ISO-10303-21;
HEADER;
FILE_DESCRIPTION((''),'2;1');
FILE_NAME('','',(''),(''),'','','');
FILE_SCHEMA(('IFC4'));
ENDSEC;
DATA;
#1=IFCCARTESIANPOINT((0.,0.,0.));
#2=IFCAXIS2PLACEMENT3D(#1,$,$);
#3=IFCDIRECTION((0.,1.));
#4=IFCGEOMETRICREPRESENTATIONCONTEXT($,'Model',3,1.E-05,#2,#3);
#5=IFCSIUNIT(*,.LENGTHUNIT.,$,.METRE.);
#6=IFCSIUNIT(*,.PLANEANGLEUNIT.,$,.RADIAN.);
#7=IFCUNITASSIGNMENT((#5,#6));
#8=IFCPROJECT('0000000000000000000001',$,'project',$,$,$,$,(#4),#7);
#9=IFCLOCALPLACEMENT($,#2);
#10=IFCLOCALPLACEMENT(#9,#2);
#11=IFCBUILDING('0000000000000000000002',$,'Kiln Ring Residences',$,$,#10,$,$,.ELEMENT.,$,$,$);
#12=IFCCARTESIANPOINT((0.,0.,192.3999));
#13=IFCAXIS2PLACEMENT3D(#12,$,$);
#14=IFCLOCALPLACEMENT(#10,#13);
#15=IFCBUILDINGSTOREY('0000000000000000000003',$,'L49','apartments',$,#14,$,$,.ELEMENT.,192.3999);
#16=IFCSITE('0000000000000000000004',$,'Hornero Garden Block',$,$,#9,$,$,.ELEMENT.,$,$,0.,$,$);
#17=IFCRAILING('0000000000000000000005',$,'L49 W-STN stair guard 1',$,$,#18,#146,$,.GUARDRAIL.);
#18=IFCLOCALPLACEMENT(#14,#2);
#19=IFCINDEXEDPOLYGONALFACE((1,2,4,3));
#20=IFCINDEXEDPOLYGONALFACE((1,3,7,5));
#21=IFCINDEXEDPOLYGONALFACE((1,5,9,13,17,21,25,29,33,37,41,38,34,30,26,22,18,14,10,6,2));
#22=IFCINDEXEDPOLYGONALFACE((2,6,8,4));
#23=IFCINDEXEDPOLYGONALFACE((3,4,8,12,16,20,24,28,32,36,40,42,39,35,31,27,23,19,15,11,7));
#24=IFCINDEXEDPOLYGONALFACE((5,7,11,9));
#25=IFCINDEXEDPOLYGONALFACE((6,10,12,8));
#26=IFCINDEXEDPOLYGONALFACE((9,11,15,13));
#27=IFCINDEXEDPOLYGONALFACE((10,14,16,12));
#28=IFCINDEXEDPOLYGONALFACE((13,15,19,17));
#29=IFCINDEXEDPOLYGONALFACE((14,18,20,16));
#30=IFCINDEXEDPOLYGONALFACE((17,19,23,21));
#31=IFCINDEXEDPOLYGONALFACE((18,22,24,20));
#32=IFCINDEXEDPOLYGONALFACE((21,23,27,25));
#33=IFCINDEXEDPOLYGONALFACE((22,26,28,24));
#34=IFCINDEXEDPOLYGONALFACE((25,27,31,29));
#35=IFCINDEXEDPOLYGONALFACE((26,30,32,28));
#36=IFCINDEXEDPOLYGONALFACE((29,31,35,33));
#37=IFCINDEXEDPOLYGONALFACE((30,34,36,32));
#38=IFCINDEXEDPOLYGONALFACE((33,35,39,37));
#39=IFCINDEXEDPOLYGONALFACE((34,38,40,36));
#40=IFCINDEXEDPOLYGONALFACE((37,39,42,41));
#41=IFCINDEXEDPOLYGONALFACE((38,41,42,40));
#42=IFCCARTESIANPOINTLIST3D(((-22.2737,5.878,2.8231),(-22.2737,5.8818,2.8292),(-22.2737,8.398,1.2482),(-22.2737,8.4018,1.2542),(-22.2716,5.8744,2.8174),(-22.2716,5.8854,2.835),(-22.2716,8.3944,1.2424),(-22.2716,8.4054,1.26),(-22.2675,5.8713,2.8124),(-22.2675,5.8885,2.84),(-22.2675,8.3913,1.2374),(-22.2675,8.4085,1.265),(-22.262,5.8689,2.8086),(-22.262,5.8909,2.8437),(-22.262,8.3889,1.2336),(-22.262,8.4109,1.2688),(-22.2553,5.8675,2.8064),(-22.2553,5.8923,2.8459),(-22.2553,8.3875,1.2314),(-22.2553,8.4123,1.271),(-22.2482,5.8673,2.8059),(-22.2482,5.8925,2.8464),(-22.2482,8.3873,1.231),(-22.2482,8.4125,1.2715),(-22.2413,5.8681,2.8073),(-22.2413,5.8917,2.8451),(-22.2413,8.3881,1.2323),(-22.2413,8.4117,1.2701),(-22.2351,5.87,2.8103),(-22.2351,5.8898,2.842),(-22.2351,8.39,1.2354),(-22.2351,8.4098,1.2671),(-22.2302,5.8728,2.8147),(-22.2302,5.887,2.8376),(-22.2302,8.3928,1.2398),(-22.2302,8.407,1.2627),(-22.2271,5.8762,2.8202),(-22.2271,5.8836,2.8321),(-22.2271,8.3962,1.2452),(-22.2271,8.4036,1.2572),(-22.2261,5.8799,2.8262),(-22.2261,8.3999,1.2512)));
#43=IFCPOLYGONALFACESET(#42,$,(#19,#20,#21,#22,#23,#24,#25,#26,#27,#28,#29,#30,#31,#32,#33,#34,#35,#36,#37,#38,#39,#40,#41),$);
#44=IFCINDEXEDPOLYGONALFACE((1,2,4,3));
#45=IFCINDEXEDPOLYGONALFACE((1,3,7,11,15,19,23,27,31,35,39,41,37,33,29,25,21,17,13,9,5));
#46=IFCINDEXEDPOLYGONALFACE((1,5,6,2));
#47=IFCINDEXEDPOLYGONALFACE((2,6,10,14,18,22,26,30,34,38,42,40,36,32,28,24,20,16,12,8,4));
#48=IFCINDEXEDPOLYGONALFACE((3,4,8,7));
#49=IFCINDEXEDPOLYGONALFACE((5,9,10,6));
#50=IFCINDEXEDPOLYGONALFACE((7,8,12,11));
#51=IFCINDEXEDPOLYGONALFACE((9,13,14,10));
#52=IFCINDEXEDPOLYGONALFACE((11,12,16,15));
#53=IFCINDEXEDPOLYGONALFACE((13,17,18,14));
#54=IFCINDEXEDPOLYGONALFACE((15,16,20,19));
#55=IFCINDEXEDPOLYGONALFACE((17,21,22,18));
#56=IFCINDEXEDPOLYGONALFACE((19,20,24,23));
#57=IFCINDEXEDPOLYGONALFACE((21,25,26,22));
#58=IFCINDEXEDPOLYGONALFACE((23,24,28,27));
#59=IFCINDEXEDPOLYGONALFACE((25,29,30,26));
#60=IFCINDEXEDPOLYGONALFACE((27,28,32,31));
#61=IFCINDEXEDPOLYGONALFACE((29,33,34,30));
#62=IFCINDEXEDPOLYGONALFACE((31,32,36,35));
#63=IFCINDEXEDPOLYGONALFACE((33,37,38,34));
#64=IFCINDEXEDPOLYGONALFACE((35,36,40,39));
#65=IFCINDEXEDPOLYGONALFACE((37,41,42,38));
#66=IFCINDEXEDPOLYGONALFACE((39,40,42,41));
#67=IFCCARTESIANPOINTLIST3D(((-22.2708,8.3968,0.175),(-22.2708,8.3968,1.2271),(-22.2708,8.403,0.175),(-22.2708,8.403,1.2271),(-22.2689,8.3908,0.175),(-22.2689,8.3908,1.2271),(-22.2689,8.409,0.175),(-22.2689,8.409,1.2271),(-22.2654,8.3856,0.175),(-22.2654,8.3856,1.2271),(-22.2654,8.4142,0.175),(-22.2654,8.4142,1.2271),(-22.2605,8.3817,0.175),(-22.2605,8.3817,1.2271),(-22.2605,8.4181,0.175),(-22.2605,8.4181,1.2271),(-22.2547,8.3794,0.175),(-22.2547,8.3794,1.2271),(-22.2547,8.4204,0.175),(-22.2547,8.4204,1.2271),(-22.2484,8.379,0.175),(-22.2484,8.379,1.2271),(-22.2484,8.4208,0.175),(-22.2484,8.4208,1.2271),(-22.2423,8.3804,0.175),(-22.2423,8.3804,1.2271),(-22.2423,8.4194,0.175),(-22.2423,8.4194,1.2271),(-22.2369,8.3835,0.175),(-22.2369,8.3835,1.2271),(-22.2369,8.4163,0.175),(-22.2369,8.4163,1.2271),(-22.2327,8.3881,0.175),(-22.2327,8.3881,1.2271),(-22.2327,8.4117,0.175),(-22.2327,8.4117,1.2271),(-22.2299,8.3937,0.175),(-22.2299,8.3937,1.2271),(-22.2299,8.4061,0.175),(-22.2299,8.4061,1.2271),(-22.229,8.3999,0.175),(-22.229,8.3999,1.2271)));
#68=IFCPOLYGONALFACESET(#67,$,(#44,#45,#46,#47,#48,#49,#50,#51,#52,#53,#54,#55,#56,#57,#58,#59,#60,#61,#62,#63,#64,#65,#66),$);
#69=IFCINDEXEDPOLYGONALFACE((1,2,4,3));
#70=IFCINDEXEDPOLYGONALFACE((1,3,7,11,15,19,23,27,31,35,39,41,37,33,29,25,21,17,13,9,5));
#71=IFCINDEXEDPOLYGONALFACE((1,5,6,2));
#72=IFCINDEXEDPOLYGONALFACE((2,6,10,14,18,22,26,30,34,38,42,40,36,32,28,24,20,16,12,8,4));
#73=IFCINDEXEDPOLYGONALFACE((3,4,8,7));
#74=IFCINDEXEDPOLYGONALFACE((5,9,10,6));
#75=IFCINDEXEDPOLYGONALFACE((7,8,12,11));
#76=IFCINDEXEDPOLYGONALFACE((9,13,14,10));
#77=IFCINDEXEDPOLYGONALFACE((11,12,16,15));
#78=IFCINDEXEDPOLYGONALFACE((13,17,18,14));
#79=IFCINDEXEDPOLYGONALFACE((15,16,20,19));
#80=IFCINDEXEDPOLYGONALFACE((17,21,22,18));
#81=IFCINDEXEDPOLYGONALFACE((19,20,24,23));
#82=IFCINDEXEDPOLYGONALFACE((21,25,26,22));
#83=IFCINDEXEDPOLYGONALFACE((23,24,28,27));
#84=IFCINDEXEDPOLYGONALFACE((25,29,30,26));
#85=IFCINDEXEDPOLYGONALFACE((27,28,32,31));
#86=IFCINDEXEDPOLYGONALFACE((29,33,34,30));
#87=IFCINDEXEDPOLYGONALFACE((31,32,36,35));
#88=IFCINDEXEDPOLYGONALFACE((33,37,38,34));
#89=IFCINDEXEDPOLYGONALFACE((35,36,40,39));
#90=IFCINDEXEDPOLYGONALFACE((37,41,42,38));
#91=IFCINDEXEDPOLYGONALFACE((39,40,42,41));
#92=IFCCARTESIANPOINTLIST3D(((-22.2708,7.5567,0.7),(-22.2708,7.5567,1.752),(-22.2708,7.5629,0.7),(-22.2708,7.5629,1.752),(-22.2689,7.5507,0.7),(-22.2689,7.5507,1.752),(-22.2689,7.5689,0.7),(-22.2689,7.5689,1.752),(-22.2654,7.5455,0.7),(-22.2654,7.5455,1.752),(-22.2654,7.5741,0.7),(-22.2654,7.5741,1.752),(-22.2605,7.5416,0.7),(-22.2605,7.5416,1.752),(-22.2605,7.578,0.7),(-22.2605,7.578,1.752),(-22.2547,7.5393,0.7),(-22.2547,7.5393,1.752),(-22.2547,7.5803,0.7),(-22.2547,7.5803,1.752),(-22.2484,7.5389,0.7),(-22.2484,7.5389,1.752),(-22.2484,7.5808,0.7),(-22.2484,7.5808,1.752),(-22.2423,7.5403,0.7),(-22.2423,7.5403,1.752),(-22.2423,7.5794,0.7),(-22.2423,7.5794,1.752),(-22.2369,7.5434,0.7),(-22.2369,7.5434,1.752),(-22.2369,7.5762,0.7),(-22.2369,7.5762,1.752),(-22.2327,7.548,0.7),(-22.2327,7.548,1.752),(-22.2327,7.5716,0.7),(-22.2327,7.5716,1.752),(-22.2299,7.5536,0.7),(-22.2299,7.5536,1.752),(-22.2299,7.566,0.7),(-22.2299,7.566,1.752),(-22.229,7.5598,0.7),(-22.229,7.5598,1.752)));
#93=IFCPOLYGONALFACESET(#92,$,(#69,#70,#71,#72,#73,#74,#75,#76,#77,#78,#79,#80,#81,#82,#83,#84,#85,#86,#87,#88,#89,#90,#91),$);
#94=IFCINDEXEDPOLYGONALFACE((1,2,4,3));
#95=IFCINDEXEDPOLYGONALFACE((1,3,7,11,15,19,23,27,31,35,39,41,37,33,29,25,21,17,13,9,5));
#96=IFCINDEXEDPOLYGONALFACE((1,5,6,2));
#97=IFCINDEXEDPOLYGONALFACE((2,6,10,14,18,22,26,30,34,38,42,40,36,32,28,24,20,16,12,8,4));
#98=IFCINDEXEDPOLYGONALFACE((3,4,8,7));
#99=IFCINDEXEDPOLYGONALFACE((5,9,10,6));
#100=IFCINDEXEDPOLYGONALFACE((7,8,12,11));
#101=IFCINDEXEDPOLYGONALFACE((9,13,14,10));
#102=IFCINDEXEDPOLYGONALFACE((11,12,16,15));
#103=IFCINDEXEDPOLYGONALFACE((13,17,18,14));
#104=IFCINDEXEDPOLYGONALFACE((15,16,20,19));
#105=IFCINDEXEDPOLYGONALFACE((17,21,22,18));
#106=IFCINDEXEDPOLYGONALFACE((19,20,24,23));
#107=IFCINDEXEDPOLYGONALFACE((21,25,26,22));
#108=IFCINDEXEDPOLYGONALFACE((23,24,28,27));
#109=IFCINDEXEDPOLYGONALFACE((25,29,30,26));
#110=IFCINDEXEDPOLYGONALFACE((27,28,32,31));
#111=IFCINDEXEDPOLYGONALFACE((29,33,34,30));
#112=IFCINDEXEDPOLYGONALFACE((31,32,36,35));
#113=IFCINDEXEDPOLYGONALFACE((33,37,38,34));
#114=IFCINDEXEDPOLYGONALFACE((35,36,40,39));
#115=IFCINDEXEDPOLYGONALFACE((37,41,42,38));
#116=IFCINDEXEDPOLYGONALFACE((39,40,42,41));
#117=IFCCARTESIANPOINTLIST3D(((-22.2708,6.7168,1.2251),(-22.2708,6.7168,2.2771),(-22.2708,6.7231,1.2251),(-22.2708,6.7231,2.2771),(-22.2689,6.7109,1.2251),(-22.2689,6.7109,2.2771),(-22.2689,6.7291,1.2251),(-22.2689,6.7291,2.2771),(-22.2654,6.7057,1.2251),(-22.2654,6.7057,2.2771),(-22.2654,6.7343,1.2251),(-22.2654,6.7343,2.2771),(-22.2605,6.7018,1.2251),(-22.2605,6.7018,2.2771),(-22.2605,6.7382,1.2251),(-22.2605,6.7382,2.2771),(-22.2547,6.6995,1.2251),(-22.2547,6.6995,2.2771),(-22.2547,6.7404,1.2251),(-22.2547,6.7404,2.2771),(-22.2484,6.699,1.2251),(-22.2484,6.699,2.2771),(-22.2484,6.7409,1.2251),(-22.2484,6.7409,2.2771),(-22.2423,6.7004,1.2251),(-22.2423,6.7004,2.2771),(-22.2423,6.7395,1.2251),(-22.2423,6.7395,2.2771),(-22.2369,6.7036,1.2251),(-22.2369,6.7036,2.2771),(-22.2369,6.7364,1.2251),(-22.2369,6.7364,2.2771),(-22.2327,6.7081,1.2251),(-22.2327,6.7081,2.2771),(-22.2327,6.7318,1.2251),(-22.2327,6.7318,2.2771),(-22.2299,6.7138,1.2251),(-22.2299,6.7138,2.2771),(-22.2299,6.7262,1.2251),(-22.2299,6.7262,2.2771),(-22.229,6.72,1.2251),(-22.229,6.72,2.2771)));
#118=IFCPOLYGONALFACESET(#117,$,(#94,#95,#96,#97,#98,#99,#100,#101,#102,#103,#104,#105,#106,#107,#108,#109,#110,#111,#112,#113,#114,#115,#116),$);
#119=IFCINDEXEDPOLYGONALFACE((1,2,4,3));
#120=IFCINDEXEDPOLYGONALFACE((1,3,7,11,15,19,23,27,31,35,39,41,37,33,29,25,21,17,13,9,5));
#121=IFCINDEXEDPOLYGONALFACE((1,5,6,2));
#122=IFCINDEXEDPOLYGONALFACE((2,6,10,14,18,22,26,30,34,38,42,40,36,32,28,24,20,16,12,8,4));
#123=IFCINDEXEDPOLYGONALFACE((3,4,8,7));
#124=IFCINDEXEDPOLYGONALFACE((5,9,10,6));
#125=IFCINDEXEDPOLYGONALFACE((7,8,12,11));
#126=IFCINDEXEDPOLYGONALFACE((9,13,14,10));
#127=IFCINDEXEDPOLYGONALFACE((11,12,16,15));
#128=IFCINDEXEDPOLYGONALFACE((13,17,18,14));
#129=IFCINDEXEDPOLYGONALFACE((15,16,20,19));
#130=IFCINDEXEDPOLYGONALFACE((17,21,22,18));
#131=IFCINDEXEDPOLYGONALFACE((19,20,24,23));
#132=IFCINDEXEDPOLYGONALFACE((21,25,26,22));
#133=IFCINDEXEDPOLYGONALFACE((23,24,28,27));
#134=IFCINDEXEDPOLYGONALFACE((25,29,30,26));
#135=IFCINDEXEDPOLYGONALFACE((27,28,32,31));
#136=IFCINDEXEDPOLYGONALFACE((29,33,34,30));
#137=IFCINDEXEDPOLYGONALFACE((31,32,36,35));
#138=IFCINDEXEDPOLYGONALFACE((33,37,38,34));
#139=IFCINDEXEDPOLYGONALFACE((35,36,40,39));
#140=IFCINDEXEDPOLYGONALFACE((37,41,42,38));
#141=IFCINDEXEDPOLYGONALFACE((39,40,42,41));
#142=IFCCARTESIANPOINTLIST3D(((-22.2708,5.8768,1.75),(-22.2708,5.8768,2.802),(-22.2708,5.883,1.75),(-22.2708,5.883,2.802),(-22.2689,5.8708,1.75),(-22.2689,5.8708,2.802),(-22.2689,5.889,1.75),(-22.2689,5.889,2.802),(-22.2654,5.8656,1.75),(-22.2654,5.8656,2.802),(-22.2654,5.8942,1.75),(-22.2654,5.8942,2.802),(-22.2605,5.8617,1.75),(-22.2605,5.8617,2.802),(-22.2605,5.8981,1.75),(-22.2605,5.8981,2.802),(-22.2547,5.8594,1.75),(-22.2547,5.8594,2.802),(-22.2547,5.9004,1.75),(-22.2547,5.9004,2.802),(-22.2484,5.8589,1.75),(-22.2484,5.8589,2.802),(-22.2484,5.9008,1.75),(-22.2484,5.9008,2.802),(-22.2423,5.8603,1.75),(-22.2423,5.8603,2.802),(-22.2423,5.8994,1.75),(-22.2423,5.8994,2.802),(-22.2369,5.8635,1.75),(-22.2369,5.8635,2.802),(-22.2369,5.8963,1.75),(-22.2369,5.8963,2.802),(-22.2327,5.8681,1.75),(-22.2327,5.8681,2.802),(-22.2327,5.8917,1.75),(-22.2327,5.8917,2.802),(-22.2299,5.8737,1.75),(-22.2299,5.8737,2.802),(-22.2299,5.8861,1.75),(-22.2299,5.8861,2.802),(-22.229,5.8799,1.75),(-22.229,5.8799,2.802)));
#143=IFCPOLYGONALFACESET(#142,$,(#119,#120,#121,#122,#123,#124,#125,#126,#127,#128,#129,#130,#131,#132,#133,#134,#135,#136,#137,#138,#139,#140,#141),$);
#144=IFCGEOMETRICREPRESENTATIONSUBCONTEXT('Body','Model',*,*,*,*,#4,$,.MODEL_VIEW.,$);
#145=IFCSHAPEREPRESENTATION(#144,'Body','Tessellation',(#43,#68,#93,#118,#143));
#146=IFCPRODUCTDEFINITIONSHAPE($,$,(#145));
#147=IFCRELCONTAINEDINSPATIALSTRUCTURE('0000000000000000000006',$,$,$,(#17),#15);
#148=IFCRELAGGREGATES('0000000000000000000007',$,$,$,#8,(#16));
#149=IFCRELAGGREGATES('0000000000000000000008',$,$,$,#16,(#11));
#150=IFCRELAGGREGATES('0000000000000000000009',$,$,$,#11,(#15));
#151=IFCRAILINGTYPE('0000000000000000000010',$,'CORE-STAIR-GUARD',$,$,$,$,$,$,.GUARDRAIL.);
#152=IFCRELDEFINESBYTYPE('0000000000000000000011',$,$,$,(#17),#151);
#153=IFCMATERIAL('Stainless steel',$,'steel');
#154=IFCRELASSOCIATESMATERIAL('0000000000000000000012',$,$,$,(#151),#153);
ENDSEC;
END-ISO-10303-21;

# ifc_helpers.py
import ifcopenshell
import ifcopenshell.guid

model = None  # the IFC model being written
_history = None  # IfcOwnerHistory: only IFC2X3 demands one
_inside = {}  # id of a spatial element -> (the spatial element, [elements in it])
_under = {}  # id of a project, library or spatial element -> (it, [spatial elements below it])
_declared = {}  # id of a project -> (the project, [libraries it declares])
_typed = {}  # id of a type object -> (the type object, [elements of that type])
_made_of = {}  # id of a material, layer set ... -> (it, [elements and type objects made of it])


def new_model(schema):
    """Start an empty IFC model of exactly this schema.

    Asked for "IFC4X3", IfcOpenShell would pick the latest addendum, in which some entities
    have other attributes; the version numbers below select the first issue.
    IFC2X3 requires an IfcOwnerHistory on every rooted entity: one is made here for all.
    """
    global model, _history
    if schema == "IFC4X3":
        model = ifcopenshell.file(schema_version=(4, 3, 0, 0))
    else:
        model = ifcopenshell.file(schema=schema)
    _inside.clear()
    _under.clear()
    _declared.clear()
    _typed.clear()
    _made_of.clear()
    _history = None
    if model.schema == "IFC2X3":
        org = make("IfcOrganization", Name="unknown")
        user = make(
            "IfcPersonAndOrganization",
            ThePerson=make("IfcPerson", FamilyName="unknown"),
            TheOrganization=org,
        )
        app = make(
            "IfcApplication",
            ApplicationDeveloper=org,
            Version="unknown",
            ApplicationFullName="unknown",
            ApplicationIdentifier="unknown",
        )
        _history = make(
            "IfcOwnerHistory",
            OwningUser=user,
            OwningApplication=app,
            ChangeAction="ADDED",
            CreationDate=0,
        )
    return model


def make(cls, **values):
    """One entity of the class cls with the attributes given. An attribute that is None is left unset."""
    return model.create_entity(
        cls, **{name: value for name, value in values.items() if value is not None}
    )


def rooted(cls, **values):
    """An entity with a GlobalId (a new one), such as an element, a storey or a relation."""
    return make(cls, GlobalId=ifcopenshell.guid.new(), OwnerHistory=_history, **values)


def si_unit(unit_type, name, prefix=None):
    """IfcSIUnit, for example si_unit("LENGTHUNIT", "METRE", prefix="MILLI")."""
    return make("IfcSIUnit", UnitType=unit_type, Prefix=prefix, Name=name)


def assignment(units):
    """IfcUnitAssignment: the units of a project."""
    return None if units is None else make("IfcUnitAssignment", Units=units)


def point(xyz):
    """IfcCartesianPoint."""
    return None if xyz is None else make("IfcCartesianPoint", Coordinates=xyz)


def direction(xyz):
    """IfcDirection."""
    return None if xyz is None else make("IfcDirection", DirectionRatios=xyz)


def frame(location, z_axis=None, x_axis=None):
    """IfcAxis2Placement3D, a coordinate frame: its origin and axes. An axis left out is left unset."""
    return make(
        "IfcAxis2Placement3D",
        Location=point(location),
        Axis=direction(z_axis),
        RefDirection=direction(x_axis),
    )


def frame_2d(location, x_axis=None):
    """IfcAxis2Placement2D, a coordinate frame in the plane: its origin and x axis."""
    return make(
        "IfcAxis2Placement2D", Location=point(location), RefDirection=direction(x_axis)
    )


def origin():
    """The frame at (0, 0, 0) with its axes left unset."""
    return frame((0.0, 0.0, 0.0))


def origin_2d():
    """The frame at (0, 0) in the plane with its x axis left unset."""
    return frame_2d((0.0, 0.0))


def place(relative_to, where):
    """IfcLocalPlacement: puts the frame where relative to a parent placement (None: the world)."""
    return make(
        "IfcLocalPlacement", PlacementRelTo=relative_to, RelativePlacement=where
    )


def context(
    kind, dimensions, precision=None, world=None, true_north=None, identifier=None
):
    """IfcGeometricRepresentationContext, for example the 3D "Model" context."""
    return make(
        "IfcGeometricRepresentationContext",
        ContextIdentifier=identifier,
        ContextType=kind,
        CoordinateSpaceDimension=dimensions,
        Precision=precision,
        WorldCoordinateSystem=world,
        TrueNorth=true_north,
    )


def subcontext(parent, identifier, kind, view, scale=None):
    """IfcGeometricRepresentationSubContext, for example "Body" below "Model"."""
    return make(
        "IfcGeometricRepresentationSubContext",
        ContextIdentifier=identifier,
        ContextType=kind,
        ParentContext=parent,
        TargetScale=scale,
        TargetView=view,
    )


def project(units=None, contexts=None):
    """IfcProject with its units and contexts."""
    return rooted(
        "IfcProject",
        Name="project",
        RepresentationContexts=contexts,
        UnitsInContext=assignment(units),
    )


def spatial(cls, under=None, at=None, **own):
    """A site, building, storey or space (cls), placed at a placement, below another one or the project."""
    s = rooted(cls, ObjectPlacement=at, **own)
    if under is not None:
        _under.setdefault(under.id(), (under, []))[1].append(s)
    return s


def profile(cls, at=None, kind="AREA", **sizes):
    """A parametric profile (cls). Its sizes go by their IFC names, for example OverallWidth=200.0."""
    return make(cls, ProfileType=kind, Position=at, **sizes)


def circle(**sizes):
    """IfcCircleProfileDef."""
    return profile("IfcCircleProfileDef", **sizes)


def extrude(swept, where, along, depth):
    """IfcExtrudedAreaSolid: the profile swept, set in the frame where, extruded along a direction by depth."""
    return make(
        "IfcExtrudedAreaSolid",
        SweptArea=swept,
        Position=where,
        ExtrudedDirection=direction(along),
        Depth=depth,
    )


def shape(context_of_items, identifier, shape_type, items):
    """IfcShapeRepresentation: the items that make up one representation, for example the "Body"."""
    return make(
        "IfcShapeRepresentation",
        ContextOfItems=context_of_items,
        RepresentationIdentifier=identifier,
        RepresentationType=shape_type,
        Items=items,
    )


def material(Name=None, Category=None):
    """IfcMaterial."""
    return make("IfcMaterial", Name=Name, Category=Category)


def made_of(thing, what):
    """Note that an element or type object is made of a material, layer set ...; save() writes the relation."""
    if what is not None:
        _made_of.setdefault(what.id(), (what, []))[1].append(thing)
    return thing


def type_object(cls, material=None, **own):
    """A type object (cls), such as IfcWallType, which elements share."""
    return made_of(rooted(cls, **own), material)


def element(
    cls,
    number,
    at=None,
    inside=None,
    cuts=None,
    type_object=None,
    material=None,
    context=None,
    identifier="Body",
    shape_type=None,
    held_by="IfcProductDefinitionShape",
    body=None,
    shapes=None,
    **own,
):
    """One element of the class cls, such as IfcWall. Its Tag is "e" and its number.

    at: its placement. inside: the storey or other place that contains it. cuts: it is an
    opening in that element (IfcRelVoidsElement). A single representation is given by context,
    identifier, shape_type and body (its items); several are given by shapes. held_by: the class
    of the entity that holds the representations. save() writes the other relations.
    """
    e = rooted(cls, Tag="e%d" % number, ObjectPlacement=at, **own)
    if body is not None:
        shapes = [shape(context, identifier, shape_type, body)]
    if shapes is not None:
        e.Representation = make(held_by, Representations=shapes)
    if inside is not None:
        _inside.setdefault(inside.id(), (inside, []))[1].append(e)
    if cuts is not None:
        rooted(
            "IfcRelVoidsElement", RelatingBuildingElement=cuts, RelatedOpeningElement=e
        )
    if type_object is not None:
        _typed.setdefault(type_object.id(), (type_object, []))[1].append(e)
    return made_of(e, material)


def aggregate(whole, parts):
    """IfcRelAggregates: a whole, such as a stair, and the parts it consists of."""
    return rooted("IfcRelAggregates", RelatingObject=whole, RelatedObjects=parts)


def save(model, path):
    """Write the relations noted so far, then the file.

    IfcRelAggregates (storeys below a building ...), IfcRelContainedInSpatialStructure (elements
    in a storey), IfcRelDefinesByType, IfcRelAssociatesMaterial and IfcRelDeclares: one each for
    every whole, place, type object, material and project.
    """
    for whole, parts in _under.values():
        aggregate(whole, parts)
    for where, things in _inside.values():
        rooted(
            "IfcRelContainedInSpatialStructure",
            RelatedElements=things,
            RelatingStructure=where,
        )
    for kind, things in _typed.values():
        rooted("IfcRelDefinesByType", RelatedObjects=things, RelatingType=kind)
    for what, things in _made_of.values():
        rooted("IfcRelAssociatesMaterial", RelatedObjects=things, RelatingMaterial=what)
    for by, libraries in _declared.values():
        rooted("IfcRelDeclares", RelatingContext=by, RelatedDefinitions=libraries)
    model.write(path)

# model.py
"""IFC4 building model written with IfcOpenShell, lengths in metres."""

from ifc_helpers import new_model, si_unit, direction, frame, origin, origin_2d, place, context, subcontext, project, spatial, circle, extrude, material, type_object, element, save


model = new_model("IFC4")

# Units and contexts
model_context = context("Model", 3, precision=1e-05, world=origin(), true_north=direction((0.0, 1.0)))
body_context = subcontext(model_context, "Body", "Model", "MODEL_VIEW")
ifc_project = project(units=[si_unit("LENGTHUNIT", "METRE"), si_unit("PLANEANGLEUNIT", "RADIAN")], contexts=[model_context])

# Site, building, storey
site_placement = place(None, origin())
site = spatial("IfcSite", under=ifc_project, at=site_placement, Name="Hornero Garden Block", CompositionType="ELEMENT", RefElevation=0.0)
building_placement = place(site_placement, origin())
building = spatial("IfcBuilding", under=site, at=building_placement, Name="Kiln Ring Residences", CompositionType="ELEMENT")
storey_placement = place(building_placement, frame((0.0, 0.0, 192.3999)))
storey = spatial("IfcBuildingStorey", under=building, at=storey_placement, Name="L49", Description="apartments", CompositionType="ELEMENT", Elevation=192.3999)

# Railing
ifc_material_1 = material(Name="Stainless steel", Category="steel")
railing_type_1 = type_object("IfcRailingType", Name="CORE-STAIR-GUARD", PredefinedType="GUARDRAIL", material=ifc_material_1)
railing_1_placement = place(storey_placement, frame((-22.25, 8.3999, 0.175)))
element("IfcRailing", 1, at=railing_1_placement, inside=storey, type_object=railing_type_1, Name="L49 W-STN stair guard 1", PredefinedType="GUARDRAIL", context=body_context, shape_type="SweptSolid", body=[
    extrude(circle(Radius=0.0239, at=origin_2d()), frame((0.0, 0.0, 1.0762), z_axis=(0.0, -0.848008, 0.529984), x_axis=(1.0, 0.0, 0.0)), (0.0, 0.0, 1.0), 2.9717),
    extrude(circle(Radius=0.021, at=origin_2d()), origin(), (0.0, 0.0, 1.0), 1.052),
    extrude(circle(Radius=0.021, at=origin_2d()), frame((0.0, -0.8401, 0.5249)), (0.0, 0.0, 1.0), 1.052),
    extrude(circle(Radius=0.021, at=origin_2d()), frame((0.0, -1.6799, 1.05)), (0.0, 0.0, 1.0), 1.052),
    extrude(circle(Radius=0.021, at=origin_2d()), frame((0.0, -2.52, 1.575)), (0.0, 0.0, 1.0), 1.052),
])

save(model, "model.ifc")
